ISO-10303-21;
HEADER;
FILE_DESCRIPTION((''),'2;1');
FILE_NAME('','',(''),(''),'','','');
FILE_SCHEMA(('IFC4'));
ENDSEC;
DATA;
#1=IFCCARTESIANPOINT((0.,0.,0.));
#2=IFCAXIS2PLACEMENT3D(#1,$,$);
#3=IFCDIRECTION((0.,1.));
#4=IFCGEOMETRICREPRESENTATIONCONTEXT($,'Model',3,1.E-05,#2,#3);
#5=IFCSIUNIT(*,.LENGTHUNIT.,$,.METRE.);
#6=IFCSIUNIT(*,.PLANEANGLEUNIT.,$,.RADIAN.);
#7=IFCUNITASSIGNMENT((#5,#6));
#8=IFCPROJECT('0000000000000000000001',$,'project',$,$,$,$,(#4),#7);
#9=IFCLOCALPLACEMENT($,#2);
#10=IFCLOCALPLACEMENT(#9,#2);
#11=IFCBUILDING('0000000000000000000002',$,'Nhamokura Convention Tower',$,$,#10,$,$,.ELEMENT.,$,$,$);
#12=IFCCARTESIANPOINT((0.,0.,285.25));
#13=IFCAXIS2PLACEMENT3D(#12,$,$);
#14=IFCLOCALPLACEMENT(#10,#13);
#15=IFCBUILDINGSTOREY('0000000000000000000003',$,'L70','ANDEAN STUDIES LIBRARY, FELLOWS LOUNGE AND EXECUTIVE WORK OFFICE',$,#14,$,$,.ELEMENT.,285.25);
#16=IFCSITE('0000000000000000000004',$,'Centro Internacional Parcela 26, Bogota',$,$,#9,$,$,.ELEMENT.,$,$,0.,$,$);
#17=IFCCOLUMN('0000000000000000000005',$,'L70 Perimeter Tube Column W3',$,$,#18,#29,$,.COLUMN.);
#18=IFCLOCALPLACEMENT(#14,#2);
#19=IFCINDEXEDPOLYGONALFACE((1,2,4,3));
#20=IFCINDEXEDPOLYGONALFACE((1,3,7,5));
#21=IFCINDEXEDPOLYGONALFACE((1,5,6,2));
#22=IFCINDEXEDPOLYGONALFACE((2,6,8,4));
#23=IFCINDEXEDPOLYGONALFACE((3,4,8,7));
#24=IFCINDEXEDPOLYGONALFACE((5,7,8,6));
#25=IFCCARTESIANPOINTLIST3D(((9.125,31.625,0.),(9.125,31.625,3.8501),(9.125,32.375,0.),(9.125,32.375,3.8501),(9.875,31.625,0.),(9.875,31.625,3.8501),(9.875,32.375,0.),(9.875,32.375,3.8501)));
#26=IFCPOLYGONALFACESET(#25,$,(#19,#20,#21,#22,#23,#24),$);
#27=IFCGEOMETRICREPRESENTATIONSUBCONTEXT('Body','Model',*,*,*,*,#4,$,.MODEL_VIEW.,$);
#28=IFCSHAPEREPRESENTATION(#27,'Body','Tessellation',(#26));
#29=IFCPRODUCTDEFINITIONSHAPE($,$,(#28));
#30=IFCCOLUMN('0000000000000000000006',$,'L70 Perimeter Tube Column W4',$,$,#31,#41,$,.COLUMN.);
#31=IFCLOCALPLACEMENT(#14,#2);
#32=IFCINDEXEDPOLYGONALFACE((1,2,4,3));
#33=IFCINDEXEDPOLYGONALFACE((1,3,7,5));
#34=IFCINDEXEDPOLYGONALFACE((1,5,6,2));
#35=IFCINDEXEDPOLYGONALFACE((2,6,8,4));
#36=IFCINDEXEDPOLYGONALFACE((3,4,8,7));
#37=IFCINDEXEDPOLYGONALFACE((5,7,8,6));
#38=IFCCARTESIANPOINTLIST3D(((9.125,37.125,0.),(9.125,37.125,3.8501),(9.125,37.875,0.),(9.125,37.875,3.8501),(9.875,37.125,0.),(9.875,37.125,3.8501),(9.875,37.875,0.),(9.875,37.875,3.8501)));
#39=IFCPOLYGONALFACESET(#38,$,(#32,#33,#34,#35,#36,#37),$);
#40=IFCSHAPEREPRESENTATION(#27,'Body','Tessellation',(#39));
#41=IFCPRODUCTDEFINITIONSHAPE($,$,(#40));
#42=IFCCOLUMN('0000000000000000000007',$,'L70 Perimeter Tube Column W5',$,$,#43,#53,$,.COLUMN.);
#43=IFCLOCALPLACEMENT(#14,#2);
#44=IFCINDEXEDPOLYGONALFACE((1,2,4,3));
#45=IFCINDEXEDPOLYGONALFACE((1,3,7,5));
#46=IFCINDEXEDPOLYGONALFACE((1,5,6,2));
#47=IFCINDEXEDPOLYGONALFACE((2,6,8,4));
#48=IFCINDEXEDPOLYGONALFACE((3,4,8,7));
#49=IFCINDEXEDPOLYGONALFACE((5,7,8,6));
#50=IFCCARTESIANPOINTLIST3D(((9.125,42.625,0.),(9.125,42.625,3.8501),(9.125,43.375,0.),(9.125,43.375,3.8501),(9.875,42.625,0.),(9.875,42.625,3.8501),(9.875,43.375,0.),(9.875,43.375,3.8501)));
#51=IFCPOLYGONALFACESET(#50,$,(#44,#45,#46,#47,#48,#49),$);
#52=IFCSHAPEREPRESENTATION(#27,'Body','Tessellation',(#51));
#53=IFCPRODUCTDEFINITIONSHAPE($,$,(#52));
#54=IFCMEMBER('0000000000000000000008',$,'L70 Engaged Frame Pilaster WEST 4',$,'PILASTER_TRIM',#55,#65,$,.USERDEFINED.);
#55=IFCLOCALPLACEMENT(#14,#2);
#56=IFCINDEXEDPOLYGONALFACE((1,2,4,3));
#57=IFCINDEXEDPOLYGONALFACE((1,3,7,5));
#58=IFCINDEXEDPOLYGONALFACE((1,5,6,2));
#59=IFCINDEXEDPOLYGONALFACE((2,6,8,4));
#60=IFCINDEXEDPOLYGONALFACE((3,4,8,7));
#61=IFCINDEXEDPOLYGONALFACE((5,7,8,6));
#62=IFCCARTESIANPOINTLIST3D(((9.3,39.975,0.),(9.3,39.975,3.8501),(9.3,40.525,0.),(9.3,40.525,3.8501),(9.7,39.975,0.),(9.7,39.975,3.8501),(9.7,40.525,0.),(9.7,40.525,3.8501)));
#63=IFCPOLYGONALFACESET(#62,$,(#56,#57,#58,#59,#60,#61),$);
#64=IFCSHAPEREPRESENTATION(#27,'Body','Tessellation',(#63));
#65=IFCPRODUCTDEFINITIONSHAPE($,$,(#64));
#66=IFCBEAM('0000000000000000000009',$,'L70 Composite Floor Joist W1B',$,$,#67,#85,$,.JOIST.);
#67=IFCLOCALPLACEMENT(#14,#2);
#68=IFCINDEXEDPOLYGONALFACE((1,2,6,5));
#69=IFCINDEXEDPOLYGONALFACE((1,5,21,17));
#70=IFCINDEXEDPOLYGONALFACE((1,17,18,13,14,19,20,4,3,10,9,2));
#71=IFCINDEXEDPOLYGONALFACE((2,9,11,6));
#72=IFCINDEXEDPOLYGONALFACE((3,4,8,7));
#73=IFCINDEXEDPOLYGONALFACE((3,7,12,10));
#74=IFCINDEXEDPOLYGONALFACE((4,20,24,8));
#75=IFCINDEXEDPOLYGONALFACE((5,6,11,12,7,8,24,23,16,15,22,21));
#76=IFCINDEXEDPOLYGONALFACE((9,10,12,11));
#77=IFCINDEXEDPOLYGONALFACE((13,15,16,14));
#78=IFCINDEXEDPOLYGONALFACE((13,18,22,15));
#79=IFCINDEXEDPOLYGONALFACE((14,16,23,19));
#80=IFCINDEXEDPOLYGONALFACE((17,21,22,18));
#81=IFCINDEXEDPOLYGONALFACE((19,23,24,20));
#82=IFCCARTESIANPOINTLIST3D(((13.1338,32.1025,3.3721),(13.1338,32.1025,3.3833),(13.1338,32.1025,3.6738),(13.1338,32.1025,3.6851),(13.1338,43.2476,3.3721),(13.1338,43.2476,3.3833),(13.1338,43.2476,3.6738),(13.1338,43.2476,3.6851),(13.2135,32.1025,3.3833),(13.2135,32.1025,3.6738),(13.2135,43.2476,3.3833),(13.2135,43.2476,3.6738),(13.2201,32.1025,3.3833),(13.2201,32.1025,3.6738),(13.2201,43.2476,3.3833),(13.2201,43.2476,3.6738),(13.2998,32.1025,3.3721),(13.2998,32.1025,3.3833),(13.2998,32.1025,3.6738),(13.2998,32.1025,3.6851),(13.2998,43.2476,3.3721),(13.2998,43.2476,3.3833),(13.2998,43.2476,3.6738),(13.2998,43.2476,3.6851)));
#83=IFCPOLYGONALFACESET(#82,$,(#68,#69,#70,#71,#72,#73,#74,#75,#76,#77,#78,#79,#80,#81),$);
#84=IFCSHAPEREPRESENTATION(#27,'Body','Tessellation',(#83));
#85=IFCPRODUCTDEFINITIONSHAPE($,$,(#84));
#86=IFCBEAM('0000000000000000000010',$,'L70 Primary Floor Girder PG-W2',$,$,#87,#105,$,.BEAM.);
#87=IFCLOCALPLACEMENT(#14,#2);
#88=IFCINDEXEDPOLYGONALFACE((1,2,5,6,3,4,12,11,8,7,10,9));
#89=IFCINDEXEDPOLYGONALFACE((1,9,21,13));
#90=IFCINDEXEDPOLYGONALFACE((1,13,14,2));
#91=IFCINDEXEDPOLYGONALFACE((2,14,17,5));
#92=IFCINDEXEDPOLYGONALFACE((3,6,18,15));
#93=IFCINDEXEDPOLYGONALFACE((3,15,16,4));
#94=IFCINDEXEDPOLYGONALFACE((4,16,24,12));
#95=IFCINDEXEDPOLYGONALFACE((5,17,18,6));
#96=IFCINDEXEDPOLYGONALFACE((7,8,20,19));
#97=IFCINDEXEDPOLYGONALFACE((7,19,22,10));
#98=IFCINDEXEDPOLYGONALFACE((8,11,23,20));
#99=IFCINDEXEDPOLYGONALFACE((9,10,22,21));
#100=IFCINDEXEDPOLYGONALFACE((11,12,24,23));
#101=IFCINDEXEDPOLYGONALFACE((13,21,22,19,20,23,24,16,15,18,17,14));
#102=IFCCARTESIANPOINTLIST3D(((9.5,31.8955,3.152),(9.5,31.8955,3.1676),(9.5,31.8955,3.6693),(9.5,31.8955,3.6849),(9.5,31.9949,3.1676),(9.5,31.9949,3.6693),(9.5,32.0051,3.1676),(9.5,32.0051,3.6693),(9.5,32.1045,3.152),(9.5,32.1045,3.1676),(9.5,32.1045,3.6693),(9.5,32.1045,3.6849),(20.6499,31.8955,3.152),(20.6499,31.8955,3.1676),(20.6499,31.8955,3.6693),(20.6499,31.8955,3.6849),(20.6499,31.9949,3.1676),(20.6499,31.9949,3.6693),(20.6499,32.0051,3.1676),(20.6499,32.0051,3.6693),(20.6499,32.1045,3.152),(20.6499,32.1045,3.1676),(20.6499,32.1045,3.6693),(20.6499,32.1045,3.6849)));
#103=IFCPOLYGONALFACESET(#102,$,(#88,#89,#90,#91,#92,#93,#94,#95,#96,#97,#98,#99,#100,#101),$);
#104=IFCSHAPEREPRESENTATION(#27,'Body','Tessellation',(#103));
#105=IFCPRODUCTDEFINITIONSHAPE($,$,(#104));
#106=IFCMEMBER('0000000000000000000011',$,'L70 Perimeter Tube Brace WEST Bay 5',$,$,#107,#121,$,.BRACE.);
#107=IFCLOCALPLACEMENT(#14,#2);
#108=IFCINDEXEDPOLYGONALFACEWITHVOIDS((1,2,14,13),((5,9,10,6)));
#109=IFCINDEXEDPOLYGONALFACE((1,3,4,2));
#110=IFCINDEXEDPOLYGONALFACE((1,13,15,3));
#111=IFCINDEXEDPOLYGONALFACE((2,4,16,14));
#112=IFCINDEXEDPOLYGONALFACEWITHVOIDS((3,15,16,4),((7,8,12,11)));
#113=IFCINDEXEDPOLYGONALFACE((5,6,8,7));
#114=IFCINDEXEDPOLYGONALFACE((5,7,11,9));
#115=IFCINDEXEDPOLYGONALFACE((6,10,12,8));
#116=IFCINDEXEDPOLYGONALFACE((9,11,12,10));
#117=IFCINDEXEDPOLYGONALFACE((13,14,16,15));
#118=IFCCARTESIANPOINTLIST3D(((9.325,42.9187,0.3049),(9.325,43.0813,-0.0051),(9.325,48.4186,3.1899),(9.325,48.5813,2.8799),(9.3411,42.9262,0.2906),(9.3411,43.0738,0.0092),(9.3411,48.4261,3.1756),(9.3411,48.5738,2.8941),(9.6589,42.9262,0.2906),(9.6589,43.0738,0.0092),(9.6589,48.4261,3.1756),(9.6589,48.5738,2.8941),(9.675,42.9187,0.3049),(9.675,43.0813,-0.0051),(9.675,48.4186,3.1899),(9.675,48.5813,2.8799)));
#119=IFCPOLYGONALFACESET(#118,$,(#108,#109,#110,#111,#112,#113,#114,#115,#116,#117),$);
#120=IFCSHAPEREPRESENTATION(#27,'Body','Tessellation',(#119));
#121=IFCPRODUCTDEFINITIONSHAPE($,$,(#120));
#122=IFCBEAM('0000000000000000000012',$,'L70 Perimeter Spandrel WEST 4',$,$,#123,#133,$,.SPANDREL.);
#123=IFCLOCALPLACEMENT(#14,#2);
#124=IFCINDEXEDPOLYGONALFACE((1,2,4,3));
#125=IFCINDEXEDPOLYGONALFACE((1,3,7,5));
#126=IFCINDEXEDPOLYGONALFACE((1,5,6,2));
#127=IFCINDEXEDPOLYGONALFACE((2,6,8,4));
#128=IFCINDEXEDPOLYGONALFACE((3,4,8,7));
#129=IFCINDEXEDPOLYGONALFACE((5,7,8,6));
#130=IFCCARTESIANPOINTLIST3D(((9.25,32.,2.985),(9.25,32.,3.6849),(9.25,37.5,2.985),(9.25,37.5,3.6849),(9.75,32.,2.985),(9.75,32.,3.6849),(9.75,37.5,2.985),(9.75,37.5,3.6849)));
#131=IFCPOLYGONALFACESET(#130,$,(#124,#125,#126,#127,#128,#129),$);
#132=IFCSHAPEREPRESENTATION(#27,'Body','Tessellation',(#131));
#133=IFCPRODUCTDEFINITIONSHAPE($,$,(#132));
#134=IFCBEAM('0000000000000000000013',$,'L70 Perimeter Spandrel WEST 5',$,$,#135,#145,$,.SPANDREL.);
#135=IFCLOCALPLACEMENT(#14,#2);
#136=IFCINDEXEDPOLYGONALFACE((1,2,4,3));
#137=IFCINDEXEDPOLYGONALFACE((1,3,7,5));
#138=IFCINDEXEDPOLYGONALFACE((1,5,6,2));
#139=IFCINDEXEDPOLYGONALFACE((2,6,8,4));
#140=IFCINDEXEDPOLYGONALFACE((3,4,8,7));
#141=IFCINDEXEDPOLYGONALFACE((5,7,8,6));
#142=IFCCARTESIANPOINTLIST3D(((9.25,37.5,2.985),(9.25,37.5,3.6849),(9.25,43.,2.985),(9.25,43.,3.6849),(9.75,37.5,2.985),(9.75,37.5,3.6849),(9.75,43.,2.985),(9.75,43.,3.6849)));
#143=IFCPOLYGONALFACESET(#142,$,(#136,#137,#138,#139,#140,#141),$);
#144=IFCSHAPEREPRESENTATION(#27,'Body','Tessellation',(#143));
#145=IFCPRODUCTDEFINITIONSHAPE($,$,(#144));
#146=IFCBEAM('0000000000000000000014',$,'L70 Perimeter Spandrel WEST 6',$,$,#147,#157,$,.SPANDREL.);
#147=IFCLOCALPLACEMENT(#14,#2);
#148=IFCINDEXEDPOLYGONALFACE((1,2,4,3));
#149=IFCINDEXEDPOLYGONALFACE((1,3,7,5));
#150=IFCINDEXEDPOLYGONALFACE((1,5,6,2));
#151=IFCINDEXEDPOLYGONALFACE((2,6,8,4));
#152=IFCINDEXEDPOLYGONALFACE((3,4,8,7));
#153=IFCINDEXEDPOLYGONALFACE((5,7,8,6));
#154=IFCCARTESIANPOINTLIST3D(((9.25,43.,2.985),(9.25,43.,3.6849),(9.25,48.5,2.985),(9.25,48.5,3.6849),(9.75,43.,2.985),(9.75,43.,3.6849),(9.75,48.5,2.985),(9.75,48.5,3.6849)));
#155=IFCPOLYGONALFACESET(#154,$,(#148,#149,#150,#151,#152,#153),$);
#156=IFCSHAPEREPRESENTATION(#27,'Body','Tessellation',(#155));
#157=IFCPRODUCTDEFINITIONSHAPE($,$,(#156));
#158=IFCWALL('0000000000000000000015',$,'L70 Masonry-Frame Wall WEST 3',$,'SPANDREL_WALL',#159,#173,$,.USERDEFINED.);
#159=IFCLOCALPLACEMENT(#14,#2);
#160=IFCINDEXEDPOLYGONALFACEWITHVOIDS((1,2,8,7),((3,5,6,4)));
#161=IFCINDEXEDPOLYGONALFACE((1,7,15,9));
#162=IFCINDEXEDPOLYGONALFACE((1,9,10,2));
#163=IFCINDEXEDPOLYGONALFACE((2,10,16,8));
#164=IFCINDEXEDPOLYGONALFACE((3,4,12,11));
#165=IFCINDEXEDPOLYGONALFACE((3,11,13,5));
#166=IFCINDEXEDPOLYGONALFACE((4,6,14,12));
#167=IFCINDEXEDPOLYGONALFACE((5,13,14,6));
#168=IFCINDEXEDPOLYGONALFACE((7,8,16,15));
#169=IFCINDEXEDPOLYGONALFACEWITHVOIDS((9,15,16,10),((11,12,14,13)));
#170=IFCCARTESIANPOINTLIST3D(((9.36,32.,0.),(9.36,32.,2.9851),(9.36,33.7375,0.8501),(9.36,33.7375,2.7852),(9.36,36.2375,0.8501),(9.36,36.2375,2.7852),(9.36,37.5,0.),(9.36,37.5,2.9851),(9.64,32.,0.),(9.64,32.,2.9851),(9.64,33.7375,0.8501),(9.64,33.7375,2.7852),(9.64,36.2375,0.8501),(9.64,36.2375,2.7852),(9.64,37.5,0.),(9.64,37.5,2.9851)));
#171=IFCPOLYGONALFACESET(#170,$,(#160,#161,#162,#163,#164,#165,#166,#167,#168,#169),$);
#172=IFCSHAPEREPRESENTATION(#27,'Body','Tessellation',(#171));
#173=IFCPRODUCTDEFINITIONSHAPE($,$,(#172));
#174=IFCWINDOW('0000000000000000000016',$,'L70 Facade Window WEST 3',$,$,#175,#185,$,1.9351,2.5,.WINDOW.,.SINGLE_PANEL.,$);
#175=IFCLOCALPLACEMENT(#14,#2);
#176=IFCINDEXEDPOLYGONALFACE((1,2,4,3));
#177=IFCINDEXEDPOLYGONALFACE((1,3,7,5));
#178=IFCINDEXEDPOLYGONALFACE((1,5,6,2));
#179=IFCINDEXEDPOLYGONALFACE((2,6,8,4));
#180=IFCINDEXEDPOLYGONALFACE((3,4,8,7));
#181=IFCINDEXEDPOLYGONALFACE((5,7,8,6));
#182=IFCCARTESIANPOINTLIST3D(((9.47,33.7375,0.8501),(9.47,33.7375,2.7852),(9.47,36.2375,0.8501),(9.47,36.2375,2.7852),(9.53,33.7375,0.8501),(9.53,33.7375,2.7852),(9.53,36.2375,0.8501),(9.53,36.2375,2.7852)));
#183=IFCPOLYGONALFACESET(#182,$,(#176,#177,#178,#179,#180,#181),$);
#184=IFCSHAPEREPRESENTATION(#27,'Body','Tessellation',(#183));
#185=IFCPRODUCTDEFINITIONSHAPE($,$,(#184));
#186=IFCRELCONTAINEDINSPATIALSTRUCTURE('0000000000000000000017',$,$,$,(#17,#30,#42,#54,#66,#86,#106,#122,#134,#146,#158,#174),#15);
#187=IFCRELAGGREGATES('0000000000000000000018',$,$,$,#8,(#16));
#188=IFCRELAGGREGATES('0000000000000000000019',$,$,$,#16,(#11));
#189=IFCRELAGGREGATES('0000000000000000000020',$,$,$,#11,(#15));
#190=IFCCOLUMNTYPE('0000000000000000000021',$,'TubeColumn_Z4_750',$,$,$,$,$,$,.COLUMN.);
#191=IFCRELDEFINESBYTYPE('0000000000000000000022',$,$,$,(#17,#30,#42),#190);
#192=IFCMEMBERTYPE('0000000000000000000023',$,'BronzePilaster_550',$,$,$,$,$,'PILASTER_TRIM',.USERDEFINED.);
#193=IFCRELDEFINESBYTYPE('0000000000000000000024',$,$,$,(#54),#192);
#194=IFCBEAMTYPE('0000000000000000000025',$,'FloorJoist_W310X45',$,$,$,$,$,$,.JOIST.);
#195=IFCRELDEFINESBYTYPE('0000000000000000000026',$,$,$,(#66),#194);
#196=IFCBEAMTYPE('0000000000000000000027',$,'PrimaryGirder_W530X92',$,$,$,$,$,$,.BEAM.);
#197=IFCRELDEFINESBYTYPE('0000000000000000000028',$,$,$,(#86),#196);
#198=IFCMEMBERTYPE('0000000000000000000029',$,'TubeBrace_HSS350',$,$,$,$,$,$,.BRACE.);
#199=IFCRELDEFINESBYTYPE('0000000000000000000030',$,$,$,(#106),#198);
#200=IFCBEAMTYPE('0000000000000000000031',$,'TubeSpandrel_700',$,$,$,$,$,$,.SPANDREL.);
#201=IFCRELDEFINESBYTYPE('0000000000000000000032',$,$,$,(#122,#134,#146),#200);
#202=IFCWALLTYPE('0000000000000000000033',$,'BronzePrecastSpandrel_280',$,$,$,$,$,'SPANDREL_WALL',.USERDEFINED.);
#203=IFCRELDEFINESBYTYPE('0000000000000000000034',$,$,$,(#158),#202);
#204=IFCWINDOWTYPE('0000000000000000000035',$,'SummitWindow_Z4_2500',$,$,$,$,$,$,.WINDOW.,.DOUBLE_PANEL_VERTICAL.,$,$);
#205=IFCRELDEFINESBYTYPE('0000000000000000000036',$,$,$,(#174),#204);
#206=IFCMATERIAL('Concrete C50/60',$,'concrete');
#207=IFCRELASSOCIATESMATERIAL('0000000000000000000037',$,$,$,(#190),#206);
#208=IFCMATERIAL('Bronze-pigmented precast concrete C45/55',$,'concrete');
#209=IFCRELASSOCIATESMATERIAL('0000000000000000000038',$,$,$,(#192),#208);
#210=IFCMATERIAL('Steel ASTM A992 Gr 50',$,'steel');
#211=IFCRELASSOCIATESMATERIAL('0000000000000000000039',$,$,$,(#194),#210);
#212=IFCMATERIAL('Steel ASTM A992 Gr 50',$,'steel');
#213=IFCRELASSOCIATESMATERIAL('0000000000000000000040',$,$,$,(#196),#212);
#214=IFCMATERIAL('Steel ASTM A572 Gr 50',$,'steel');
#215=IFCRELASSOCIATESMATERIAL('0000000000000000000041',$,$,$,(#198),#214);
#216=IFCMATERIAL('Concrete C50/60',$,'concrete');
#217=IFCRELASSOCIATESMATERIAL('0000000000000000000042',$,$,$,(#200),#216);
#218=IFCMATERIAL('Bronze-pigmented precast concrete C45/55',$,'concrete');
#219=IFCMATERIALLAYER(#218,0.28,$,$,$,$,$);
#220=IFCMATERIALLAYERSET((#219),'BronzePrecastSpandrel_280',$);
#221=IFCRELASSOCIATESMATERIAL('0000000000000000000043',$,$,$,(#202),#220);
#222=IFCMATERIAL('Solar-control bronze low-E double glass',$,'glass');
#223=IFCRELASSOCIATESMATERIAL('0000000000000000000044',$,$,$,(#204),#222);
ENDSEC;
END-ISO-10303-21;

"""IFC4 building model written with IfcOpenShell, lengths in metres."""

from ifc_helpers import new_model, si_unit, direction, frame, frame_2d, origin, origin_2d, place, context, subcontext, project, spatial, rectangle, hollow_rectangle, i_section, extrude, material, layer, layer_set, material_profile, profile_set, type_object, element, fill, save


model = new_model("IFC4")

# Units and contexts
model_context = context("Model", 3, precision=1e-05, world=origin(), true_north=direction((0.0, 1.0)))
body_context = subcontext(model_context, "Body", "Model", "MODEL_VIEW")
ifc_project = project(units=[si_unit("LENGTHUNIT", "METRE"), si_unit("PLANEANGLEUNIT", "RADIAN")], contexts=[model_context])

# Site, building, storey
site_placement = place(None, origin())
site = spatial("IfcSite", under=ifc_project, at=site_placement, Name="Centro Internacional Parcela 26, Bogota", CompositionType="ELEMENT", RefElevation=0.0)
building_placement = place(site_placement, origin())
building = spatial("IfcBuilding", under=site, at=building_placement, Name="Nhamokura Convention Tower", CompositionType="ELEMENT")
storey_placement = place(building_placement, frame((0.0, 0.0, 285.25)))
storey = spatial("IfcBuildingStorey", under=building, at=storey_placement, Name="L70", Description="ANDEAN STUDIES LIBRARY, FELLOWS LOUNGE AND EXECUTIVE WORK OFFICE", CompositionType="ELEMENT", Elevation=285.25)

# Columns
ifc_material_1 = material(Name="Concrete C50/60", Category="concrete")
ifc_material_profile_1 = material_profile(ifc_material_1, rectangle(XDim=0.75, YDim=0.75, at=origin_2d()))
ifc_profile_set_1 = profile_set([ifc_material_profile_1], Name="Concrete C50/60")
column_type = type_object("IfcColumnType", Name="TubeColumn_Z4_750", PredefinedType="COLUMN", material=ifc_profile_set_1)
for number, where, z_axis, x_axis, name in (
    (1, (9.5, 32.0, 0.0), (0.0, 0.0, 1.0), (1.0, 0.0, 0.0), "L70 Perimeter Tube Column W3"),
    (2, (9.5, 37.5, 0.0), (0.0, 0.0, 1.0), (1.0, 0.0, 0.0), "L70 Perimeter Tube Column W4"),
    (3, (9.5, 43.0, 0.0), (0.0, 0.0, 1.0), (1.0, 0.0, 0.0), "L70 Perimeter Tube Column W5"),
):
    element("IfcColumn", number, at=place(storey_placement, frame(where, z_axis=z_axis, x_axis=x_axis)), inside=storey, type_object=column_type, Name=name, PredefinedType="COLUMN", context=body_context, shape_type="SweptSolid", body=[
        extrude(rectangle(XDim=0.75, YDim=0.75, at=origin_2d()), origin(), (0.0, 0.0, 1.0), 3.8501),
    ])

# Member
ifc_material_2 = material(Name="Bronze-pigmented precast concrete C45/55", Category="concrete")
ifc_material_profile_2 = material_profile(ifc_material_2, rectangle(XDim=0.3999, YDim=0.55, at=origin_2d()))
ifc_profile_set_2 = profile_set([ifc_material_profile_2], Name="Bronze-pigmented precast concrete C45/55")
member_type_1 = type_object("IfcMemberType", Name="BronzePilaster_550", ElementType="PILASTER_TRIM", PredefinedType="USERDEFINED", material=ifc_profile_set_2)
member_1_placement = place(storey_placement, frame((9.5, 40.25, 0.0), z_axis=(0.0, 0.0, 1.0), x_axis=(1.0, 0.0, 0.0)))
element("IfcMember", 4, at=member_1_placement, inside=storey, type_object=member_type_1, Name="L70 Engaged Frame Pilaster WEST 4", ObjectType="PILASTER_TRIM", PredefinedType="USERDEFINED", context=body_context, shape_type="SweptSolid", body=[
    extrude(rectangle(XDim=0.3999, YDim=0.55, at=origin_2d()), origin(), (0.0, 0.0, 1.0), 3.8501),
])

# Beams
ifc_material_3 = material(Name="Steel ASTM A992 Gr 50", Category="steel")
ifc_material_profile_3 = material_profile(ifc_material_3, i_section(OverallWidth=0.166, OverallDepth=0.313, WebThickness=0.0066, FlangeThickness=0.0112, at=origin_2d()))
ifc_profile_set_3 = profile_set([ifc_material_profile_3], Name="Steel ASTM A992 Gr 50")
beam_type_1 = type_object("IfcBeamType", Name="FloorJoist_W310X45", PredefinedType="JOIST", material=ifc_profile_set_3)
beam_1_placement = place(storey_placement, frame((13.2168, 32.1025, 3.5286), z_axis=(0.0, 1.0, 0.0), x_axis=(-1.0, 0.0, 0.0)))
element("IfcBeam", 5, at=beam_1_placement, inside=storey, type_object=beam_type_1, Name="L70 Composite Floor Joist W1B", PredefinedType="JOIST", context=body_context, shape_type="SweptSolid", body=[
    extrude(i_section(OverallWidth=0.166, OverallDepth=0.313, WebThickness=0.0066, FlangeThickness=0.0112, at=origin_2d()), origin(), (0.0, 0.0, 1.0), 11.145),
])
ifc_material_4 = material(Name="Steel ASTM A992 Gr 50", Category="steel")
ifc_material_profile_4 = material_profile(ifc_material_4, i_section(OverallWidth=0.209, OverallDepth=0.533, WebThickness=0.0103, FlangeThickness=0.0156, at=origin_2d()))
ifc_profile_set_4 = profile_set([ifc_material_profile_4], Name="Steel ASTM A992 Gr 50")
beam_type_2 = type_object("IfcBeamType", Name="PrimaryGirder_W530X92", PredefinedType="BEAM", material=ifc_profile_set_4)
beam_2_placement = place(storey_placement, frame((9.5, 32.0, 3.4185), z_axis=(1.0, 0.0, 0.0), x_axis=(0.0, 1.0, 0.0)))
element("IfcBeam", 6, at=beam_2_placement, inside=storey, type_object=beam_type_2, Name="L70 Primary Floor Girder PG-W2", PredefinedType="BEAM", context=body_context, shape_type="SweptSolid", body=[
    extrude(i_section(OverallWidth=0.209, OverallDepth=0.533, WebThickness=0.0103, FlangeThickness=0.0156, at=origin_2d()), origin(), (0.0, 0.0, 1.0), 11.1499),
])

# Member
ifc_material_5 = material(Name="Steel ASTM A572 Gr 50", Category="steel")
ifc_material_profile_5 = material_profile(ifc_material_5, hollow_rectangle(XDim=0.3501, YDim=0.3501, WallThickness=0.0161, at=origin_2d()))
ifc_profile_set_5 = profile_set([ifc_material_profile_5], Name="Steel ASTM A572 Gr 50")
member_type_2 = type_object("IfcMemberType", Name="TubeBrace_HSS350", PredefinedType="BRACE", material=ifc_profile_set_5)
member_2_placement = place(storey_placement, frame((9.5, 43.0, 0.1499), z_axis=(0.0, 0.885563, 0.46452), x_axis=(-1.0, 0.0, 0.0)))
element("IfcMember", 7, at=member_2_placement, inside=storey, type_object=member_type_2, Name="L70 Perimeter Tube Brace WEST Bay 5", PredefinedType="BRACE", context=body_context, shape_type="SweptSolid", body=[
    extrude(hollow_rectangle(XDim=0.3501, YDim=0.3501, WallThickness=0.0161, at=origin_2d()), origin(), (0.0, 0.0, 1.0), 6.2107),
])

# Beams
ifc_material_6 = material(Name="Concrete C50/60", Category="concrete")
ifc_material_profile_6 = material_profile(ifc_material_6, rectangle(XDim=0.5, YDim=0.7, at=origin_2d()))
ifc_profile_set_6 = profile_set([ifc_material_profile_6], Name="Concrete C50/60")
beam_type_3 = type_object("IfcBeamType", Name="TubeSpandrel_700", PredefinedType="SPANDREL", material=ifc_profile_set_6)
for number, where, z_axis, x_axis, name in (
    (8, (9.5, 32.0, 3.335), (0.0, 1.0, 0.0), (-1.0, 0.0, 0.0), "L70 Perimeter Spandrel WEST 4"),
    (9, (9.5, 37.5, 3.335), (0.0, 1.0, 0.0), (-1.0, 0.0, 0.0), "L70 Perimeter Spandrel WEST 5"),
    (10, (9.5, 43.0, 3.335), (0.0, 1.0, 0.0), (-1.0, 0.0, 0.0), "L70 Perimeter Spandrel WEST 6"),
):
    element("IfcBeam", number, at=place(storey_placement, frame(where, z_axis=z_axis, x_axis=x_axis)), inside=storey, type_object=beam_type_3, Name=name, PredefinedType="SPANDREL", context=body_context, shape_type="SweptSolid", body=[
        extrude(rectangle(XDim=0.5, YDim=0.7, at=origin_2d()), origin(), (0.0, 0.0, 1.0), 5.5),
    ])

# Wall, opening, window
ifc_material_7 = material(Name="Bronze-pigmented precast concrete C45/55", Category="concrete")
ifc_layer_1 = layer(ifc_material_7, 0.28)
ifc_layer_set_1 = layer_set([ifc_layer_1], Name="BronzePrecastSpandrel_280")
wall_type_1 = type_object("IfcWallType", Name="BronzePrecastSpandrel_280", ElementType="SPANDREL_WALL", PredefinedType="USERDEFINED", material=ifc_layer_set_1)
wall_1_placement = place(storey_placement, frame((9.5, 32.0, 0.0), z_axis=(0.0, 0.0, 1.0), x_axis=(0.0, 1.0, 0.0)))
wall_1 = element("IfcWall", 11, at=wall_1_placement, inside=storey, type_object=wall_type_1, Name="L70 Masonry-Frame Wall WEST 3", ObjectType="SPANDREL_WALL", PredefinedType="USERDEFINED", context=body_context, shape_type="SweptSolid", body=[
    extrude(rectangle(XDim=5.5, YDim=0.28, at=frame_2d((2.75, 0.0))), origin(), (0.0, 0.0, 1.0), 2.9851),
])
opening_1_placement = place(wall_1_placement, frame((1.7375, 0.0, 0.8501)))
opening_1 = element("IfcOpeningElement", 12, at=opening_1_placement, cuts=wall_1, PredefinedType="OPENING", context=body_context, shape_type="SweptSolid", body=[
    extrude(rectangle(XDim=2.5, YDim=1.9351, at=frame_2d((1.25, 0.9675))), frame((0.0, 0.1499, 0.0), z_axis=(0.0, -1.0, 0.0), x_axis=(1.0, 0.0, 0.0)), (0.0, 0.0, 1.0), 0.3),
])
ifc_material_8 = material(Name="Solar-control bronze low-E double glass", Category="glass")
window_type_1 = type_object("IfcWindowType", Name="SummitWindow_Z4_2500", PartitioningType="DOUBLE_PANEL_VERTICAL", PredefinedType="WINDOW", material=ifc_material_8)
window_1_placement = place(opening_1_placement, origin())
window_1 = element("IfcWindow", 13, at=window_1_placement, inside=storey, type_object=window_type_1, Name="L70 Facade Window WEST 3", OverallHeight=1.9351, OverallWidth=2.5, PartitioningType="SINGLE_PANEL", PredefinedType="WINDOW", context=body_context, shape_type="SweptSolid", body=[
    extrude(rectangle(XDim=2.5, YDim=1.9351, at=frame_2d((1.25, 0.9675))), frame((0.0, 0.03, 0.0), z_axis=(0.0, -1.0, 0.0), x_axis=(1.0, 0.0, 0.0)), (0.0, 0.0, 1.0), 0.0601),
])
fill(opening_1, window_1)

save(model, "model.ifc")
